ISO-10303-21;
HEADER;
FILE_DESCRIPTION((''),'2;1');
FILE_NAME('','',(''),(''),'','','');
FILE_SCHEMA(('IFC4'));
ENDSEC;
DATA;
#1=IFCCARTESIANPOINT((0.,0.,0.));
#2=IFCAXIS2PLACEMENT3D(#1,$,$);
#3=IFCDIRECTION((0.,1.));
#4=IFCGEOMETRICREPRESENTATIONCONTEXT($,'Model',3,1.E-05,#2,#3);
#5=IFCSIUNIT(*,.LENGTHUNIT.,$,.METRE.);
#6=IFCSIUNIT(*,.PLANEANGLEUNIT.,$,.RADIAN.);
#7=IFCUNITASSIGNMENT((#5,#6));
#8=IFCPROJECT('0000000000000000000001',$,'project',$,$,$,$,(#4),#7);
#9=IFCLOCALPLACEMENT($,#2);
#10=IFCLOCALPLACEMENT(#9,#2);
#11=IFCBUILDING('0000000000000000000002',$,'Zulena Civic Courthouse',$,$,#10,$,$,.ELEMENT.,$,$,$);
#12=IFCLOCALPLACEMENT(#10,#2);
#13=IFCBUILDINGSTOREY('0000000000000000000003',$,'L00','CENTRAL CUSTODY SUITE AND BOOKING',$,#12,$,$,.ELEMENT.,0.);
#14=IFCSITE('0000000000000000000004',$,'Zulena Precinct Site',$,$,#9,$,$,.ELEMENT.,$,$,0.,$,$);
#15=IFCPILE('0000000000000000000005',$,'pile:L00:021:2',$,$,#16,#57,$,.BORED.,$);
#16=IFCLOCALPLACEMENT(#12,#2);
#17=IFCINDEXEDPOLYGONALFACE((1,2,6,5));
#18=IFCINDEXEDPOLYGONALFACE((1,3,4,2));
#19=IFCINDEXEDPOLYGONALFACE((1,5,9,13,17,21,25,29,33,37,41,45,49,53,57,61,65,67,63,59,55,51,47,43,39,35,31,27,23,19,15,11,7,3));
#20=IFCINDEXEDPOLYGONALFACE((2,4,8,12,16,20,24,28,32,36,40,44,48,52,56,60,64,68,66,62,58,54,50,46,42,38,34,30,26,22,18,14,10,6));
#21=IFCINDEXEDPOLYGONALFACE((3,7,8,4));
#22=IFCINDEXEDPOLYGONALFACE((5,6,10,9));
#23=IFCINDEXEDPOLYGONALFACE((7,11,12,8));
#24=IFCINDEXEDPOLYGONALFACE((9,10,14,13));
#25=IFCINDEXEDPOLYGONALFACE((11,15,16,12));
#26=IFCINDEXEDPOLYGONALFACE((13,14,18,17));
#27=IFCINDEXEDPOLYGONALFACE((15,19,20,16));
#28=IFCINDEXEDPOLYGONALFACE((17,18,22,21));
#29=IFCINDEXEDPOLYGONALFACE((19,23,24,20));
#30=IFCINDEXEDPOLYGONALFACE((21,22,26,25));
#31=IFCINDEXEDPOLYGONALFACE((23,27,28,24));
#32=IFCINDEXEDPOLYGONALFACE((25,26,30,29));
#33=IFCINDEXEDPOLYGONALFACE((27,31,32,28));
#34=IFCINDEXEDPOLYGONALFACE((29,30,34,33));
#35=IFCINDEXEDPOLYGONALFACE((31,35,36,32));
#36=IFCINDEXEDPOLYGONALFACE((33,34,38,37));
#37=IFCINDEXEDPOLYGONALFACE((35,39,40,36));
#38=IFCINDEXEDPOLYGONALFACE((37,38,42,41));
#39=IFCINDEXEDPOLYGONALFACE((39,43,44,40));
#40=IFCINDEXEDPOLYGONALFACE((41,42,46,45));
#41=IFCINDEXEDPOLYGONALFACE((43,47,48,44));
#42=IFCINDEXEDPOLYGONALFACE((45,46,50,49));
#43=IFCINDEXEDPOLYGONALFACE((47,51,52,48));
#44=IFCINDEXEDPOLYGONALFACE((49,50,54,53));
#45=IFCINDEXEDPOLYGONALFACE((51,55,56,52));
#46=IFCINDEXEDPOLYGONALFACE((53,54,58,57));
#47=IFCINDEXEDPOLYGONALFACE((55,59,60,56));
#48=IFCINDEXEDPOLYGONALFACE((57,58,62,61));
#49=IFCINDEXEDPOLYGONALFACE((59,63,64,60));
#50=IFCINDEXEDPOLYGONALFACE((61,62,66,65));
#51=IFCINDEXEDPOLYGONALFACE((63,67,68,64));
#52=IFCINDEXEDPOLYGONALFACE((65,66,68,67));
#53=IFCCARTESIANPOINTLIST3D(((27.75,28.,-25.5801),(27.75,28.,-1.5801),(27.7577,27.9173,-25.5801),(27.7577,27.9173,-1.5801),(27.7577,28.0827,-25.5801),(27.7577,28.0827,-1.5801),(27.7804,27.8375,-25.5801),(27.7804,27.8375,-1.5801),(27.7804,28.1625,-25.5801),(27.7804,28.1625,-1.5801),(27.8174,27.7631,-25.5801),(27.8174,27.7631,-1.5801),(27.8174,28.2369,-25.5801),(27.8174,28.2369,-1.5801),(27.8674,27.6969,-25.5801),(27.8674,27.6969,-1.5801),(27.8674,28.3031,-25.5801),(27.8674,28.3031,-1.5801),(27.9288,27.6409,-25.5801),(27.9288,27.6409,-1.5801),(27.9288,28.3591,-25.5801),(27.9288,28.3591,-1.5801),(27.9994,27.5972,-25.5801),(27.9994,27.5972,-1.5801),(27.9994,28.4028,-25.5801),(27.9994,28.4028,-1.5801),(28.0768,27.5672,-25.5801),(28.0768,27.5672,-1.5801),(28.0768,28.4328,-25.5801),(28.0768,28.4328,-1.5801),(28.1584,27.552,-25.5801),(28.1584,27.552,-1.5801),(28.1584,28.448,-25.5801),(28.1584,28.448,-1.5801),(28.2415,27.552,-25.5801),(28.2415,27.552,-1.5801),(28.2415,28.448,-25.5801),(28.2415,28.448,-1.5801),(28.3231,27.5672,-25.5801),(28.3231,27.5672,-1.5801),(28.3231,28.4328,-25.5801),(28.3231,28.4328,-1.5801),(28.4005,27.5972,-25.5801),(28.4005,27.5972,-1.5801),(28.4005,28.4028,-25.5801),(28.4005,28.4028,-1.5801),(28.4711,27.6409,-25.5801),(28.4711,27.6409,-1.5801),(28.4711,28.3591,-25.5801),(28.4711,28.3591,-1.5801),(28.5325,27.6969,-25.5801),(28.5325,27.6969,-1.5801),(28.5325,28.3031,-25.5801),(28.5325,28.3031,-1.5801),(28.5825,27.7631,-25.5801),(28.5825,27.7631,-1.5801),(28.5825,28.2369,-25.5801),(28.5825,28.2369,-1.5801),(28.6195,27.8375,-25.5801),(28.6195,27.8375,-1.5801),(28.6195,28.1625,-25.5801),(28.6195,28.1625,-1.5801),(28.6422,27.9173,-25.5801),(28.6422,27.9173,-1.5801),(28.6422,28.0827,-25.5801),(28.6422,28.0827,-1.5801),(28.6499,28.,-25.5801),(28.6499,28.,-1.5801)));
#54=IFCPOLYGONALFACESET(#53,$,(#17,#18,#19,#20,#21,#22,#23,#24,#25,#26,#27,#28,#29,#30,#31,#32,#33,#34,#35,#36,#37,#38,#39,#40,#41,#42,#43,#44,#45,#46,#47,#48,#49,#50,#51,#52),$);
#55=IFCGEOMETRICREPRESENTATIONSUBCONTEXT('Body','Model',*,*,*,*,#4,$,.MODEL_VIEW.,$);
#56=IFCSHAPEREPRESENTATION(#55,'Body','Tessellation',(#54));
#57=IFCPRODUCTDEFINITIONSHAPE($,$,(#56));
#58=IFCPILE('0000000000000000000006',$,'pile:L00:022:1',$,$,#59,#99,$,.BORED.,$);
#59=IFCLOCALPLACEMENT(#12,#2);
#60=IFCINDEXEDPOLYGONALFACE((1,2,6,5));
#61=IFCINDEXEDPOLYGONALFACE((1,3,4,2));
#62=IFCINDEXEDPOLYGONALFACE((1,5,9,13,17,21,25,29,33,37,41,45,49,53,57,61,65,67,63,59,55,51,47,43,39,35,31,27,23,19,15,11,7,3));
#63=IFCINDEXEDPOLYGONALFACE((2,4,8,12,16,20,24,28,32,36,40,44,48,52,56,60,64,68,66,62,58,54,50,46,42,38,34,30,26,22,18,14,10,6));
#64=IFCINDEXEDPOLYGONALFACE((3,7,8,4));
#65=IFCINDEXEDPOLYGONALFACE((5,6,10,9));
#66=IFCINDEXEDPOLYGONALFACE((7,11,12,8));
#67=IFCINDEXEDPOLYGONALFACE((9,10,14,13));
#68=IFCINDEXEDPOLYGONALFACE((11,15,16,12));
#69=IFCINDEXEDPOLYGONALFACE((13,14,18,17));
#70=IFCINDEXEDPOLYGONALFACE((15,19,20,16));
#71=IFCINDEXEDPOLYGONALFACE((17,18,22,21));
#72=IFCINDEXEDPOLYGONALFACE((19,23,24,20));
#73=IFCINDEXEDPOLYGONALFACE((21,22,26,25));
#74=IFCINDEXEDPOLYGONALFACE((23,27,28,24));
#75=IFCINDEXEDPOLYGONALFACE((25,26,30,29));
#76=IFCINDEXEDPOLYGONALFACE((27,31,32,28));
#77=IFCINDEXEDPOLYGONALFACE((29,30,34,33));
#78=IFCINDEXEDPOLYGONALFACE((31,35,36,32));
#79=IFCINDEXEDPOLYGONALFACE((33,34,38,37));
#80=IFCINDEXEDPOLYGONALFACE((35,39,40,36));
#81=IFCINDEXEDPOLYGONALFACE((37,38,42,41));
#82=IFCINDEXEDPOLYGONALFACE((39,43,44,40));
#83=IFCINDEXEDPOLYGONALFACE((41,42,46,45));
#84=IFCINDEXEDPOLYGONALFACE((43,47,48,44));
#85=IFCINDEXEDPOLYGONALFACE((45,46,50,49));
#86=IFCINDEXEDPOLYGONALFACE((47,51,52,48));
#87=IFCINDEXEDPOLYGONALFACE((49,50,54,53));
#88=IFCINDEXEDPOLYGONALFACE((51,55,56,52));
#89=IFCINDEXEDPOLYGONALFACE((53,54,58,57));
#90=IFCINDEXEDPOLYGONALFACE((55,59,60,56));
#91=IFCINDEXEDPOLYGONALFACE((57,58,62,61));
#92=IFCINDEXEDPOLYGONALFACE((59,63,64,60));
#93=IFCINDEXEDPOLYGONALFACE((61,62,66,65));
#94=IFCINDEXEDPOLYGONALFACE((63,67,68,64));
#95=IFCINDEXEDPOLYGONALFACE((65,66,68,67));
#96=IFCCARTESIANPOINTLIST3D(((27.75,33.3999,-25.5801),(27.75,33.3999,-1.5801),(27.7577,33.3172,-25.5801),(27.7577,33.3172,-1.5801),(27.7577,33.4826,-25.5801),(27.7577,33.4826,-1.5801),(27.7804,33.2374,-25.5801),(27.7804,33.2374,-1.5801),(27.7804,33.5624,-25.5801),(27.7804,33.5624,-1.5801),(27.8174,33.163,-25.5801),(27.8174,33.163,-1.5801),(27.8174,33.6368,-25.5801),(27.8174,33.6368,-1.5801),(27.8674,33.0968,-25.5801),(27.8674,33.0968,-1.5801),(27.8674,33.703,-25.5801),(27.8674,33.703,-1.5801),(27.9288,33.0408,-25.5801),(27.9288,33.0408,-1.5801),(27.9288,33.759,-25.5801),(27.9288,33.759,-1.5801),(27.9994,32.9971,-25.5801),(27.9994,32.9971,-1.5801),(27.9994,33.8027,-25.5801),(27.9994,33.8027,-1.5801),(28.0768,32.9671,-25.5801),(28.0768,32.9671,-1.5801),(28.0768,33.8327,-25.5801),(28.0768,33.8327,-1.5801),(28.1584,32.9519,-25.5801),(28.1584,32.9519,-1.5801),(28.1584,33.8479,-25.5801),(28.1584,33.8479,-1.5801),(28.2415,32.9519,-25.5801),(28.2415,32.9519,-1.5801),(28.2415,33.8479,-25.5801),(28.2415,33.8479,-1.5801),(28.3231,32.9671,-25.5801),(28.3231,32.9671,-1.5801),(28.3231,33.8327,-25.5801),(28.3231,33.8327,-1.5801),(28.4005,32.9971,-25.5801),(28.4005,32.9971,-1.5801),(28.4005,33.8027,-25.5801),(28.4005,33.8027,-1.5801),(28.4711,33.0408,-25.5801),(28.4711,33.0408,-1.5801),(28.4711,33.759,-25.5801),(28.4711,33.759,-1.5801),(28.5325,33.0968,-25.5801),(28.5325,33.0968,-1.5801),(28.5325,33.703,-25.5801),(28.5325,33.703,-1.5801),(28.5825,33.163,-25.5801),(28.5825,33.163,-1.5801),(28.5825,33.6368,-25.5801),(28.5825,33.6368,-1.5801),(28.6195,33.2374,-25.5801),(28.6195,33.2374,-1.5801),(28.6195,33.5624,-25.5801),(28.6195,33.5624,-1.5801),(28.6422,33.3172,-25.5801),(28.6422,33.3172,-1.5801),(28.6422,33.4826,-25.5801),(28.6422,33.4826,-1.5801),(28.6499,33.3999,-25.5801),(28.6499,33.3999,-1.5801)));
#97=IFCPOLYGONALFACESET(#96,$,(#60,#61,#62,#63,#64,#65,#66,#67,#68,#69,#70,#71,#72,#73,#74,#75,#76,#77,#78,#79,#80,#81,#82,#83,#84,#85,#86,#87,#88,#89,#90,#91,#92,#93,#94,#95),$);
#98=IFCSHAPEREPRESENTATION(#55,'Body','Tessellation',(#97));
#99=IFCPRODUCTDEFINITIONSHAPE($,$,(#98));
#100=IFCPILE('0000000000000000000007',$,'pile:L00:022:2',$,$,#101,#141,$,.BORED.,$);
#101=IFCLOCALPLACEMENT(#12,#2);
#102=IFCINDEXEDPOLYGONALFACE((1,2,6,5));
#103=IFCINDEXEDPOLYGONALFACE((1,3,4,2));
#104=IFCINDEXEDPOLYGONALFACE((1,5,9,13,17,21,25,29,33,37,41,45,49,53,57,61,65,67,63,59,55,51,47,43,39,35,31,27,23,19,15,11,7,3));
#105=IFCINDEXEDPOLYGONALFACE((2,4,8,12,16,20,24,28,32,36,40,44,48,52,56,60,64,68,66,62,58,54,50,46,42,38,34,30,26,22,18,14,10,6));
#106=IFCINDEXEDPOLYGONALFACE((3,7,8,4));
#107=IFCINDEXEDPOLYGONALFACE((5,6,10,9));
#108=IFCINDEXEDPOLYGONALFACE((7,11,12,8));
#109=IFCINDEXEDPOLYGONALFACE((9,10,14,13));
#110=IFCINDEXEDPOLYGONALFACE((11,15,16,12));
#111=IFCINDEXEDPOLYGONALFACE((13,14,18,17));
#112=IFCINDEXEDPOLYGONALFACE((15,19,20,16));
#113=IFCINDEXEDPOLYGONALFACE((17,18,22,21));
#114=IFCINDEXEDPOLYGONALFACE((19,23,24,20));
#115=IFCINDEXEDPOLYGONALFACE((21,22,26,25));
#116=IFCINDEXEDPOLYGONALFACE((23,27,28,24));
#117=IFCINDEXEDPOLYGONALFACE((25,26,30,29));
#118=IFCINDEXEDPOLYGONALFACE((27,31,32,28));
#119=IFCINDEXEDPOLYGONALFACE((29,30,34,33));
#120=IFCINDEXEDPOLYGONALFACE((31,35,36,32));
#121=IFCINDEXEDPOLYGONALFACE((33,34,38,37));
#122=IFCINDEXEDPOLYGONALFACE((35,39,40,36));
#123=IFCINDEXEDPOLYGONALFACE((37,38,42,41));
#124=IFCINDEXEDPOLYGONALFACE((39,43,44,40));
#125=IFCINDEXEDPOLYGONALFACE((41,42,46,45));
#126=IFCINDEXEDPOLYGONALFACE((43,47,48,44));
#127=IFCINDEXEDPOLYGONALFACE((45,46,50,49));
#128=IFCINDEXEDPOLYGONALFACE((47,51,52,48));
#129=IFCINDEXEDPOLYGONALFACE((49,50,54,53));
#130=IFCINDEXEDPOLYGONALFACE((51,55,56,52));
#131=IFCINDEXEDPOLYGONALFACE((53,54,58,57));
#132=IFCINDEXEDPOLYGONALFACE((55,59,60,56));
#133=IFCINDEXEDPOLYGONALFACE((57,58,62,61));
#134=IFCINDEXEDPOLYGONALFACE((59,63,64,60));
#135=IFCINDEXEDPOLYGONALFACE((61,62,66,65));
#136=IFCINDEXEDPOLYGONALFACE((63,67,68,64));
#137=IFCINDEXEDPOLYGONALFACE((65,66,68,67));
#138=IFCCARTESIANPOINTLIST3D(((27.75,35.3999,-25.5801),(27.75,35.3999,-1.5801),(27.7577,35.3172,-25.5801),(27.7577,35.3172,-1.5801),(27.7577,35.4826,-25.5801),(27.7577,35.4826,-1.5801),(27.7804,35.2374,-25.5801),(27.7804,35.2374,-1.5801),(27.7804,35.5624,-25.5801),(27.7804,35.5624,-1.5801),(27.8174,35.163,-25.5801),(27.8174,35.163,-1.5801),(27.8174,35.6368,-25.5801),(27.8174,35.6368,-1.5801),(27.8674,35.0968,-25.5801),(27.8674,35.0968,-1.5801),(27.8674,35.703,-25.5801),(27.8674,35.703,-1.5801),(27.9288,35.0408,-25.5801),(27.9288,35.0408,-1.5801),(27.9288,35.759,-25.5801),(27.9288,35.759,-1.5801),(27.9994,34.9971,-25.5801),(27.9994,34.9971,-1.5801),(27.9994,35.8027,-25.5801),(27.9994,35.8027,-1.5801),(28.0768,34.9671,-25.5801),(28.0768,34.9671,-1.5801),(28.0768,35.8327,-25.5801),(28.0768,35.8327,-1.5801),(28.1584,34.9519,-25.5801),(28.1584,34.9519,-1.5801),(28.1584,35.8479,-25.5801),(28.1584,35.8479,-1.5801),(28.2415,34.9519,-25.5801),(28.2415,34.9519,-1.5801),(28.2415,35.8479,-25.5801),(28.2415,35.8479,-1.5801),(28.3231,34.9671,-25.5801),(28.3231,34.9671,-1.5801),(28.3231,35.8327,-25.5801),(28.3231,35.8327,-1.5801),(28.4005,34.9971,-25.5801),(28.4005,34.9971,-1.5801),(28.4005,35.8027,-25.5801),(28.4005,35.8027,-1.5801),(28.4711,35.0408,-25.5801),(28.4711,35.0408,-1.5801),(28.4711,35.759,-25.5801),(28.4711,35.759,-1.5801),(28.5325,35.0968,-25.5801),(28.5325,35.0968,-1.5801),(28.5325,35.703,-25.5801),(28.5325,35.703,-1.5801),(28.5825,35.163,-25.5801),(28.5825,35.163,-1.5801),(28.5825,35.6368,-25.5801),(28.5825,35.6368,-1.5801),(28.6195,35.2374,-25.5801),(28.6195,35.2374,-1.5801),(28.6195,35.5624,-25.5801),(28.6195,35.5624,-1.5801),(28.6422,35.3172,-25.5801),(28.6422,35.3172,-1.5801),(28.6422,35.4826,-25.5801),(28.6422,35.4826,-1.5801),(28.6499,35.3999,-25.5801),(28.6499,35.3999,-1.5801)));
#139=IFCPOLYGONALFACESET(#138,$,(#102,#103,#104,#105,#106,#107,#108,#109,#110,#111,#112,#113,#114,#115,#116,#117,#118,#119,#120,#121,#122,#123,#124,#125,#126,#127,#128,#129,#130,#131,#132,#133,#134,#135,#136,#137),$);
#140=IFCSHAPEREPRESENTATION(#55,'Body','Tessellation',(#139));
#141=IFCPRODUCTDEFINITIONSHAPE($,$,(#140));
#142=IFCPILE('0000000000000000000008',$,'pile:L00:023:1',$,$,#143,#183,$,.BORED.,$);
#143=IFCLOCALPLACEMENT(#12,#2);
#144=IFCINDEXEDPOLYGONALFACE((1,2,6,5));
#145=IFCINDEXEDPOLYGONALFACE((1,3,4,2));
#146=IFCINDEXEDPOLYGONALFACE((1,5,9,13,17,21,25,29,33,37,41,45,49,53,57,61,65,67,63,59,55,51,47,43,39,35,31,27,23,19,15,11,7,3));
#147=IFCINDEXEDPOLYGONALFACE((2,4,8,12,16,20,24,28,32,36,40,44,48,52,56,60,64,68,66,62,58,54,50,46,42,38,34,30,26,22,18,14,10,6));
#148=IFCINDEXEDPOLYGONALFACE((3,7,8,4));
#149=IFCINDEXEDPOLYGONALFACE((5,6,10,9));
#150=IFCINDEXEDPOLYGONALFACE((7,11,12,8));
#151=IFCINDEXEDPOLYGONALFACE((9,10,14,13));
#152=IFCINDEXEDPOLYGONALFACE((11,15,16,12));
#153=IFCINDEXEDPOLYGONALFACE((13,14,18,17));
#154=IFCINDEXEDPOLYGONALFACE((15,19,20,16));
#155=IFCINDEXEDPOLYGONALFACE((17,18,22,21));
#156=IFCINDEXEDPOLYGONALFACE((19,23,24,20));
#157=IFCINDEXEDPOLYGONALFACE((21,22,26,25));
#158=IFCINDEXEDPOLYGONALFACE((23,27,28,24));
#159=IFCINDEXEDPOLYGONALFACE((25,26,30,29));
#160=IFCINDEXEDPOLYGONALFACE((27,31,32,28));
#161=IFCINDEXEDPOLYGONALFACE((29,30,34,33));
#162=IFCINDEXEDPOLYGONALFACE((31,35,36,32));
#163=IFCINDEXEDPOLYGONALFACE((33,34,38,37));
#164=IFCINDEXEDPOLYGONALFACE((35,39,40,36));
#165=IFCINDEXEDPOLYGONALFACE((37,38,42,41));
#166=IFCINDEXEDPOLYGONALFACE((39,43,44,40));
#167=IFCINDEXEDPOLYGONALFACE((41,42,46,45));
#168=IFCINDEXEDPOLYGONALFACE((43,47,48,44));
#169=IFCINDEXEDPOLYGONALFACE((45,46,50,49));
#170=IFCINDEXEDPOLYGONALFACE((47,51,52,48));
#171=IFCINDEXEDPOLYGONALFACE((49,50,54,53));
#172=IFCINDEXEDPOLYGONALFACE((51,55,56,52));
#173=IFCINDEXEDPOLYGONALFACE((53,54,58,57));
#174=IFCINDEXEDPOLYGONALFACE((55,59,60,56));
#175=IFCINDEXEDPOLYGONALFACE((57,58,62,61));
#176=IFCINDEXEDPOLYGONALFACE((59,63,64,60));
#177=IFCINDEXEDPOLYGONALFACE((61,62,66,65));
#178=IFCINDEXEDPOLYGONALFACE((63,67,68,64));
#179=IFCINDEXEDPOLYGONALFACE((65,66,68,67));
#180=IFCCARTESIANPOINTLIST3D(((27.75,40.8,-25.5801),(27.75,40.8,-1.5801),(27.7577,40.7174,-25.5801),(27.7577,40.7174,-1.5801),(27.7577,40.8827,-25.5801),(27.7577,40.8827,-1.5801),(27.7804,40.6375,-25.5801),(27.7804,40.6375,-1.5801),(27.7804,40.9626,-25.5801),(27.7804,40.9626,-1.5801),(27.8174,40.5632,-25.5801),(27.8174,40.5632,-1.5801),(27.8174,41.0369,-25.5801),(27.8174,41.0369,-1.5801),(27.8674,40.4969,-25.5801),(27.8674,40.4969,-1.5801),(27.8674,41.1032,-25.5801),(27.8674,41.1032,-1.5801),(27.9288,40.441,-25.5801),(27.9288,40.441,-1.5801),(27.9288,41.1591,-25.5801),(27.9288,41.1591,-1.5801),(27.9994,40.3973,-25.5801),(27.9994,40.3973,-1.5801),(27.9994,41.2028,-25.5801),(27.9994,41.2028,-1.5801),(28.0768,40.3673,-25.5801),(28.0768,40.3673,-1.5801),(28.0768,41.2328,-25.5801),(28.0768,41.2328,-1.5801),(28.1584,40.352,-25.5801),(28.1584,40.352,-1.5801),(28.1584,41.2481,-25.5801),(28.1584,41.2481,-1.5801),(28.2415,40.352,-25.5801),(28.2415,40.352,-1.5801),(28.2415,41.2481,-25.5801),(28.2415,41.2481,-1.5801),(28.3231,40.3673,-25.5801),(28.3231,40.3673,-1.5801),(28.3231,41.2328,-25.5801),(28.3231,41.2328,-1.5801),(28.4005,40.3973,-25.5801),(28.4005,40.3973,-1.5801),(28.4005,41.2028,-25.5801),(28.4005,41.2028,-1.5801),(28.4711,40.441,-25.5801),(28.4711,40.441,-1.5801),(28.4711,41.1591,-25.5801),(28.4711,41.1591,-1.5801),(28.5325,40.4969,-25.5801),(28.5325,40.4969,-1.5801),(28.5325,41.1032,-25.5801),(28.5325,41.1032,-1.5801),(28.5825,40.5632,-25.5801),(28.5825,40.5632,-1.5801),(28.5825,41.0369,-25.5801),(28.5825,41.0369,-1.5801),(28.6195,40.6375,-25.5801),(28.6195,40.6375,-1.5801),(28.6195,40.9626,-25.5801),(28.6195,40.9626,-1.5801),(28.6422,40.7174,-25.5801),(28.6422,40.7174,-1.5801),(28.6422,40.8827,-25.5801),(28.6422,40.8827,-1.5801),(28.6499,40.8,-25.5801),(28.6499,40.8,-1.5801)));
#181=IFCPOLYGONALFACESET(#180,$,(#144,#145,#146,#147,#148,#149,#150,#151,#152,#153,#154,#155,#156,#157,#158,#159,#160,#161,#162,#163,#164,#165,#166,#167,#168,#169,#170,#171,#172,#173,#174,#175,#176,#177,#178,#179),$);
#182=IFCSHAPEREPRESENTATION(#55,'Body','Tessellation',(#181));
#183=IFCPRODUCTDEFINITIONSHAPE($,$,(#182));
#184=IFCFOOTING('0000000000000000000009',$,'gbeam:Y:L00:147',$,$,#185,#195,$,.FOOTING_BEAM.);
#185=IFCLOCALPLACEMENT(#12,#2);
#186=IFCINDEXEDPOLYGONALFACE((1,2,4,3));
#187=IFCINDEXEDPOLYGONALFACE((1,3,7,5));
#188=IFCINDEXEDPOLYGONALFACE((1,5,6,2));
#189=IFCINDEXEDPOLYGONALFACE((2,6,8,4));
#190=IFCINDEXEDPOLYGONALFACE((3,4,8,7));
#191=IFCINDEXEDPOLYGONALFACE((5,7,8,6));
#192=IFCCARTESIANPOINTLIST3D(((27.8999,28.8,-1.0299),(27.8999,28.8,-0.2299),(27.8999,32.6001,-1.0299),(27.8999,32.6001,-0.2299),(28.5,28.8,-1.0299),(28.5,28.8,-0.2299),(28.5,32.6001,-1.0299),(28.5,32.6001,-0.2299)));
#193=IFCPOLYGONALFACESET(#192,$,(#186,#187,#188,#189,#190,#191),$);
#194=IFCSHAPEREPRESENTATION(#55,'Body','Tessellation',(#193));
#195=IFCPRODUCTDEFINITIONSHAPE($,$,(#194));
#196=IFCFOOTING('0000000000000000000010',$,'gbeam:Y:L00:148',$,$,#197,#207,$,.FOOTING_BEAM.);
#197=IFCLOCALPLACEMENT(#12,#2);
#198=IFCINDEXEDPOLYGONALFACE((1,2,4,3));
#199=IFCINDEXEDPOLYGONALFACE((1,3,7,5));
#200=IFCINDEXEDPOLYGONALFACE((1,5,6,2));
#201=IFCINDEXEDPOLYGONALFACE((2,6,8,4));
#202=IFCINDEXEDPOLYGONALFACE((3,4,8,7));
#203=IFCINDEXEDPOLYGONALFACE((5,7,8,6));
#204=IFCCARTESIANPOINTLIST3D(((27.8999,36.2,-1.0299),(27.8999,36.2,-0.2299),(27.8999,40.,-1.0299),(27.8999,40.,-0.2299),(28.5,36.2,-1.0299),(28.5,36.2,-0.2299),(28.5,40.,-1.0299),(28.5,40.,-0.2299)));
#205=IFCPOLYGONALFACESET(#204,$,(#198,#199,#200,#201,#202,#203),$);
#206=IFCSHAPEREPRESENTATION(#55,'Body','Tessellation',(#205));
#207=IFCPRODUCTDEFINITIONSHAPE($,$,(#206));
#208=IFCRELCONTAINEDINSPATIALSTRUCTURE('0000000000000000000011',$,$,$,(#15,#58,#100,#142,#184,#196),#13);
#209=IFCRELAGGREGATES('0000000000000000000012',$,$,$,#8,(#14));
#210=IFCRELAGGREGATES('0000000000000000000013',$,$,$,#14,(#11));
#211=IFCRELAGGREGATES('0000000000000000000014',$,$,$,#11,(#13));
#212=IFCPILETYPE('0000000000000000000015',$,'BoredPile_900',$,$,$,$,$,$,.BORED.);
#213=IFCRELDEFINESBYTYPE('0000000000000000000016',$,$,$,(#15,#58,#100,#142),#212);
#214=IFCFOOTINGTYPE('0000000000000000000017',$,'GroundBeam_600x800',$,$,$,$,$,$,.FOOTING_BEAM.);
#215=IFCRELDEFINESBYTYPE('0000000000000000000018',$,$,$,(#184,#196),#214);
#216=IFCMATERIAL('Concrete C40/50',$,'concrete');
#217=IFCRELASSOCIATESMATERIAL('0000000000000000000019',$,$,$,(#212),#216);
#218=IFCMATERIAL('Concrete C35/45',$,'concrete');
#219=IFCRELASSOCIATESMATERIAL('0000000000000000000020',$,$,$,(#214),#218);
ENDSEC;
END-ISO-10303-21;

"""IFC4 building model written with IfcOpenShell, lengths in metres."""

from ifc_helpers import new_model, si_unit, direction, frame, origin, origin_2d, place, context, subcontext, project, spatial, rectangle, circle, extrude, material, material_profile, profile_set, type_object, element, save


model = new_model("IFC4")

# Units and contexts
model_context = context("Model", 3, precision=1e-05, world=origin(), true_north=direction((0.0, 1.0)))
body_context = subcontext(model_context, "Body", "Model", "MODEL_VIEW")
ifc_project = project(units=[si_unit("LENGTHUNIT", "METRE"), si_unit("PLANEANGLEUNIT", "RADIAN")], contexts=[model_context])

# Site, building, storey
site_placement = place(None, origin())
site = spatial("IfcSite", under=ifc_project, at=site_placement, Name="Zulena Precinct Site", CompositionType="ELEMENT", RefElevation=0.0)
building_placement = place(site_placement, origin())
building = spatial("IfcBuilding", under=site, at=building_placement, Name="Zulena Civic Courthouse", CompositionType="ELEMENT")
storey_placement = place(building_placement, origin())
storey = spatial("IfcBuildingStorey", under=building, at=storey_placement, Name="L00", Description="CENTRAL CUSTODY SUITE AND BOOKING", CompositionType="ELEMENT", Elevation=0.0)

# Piles
ifc_material_1 = material(Name="Concrete C40/50", Category="concrete")
ifc_material_profile_1 = material_profile(ifc_material_1, circle(Radius=0.45, at=origin_2d()), Name="PILE900")
ifc_profile_set_1 = profile_set([ifc_material_profile_1], Name="Concrete C40/50")
pile_type_1 = type_object("IfcPileType", Name="BoredPile_900", PredefinedType="BORED", material=ifc_profile_set_1)
for number, where, z_axis, x_axis, name in (
    (1, (28.2, 28.0, -1.5801), (0.0, 0.0, -1.0), (1.0, 0.0, 0.0), "pile:L00:021:2"),
    (2, (28.2, 33.3999, -1.5801), (0.0, 0.0, -1.0), (1.0, 0.0, 0.0), "pile:L00:022:1"),
    (3, (28.2, 35.3999, -1.5801), (0.0, 0.0, -1.0), (1.0, 0.0, 0.0), "pile:L00:022:2"),
    (4, (28.2, 40.8, -1.5801), (0.0, 0.0, -1.0), (1.0, 0.0, 0.0), "pile:L00:023:1"),
):
    element("IfcPile", number, at=place(storey_placement, frame(where, z_axis=z_axis, x_axis=x_axis)), inside=storey, type_object=pile_type_1, Name=name, PredefinedType="BORED", context=body_context, shape_type="SweptSolid", body=[
        extrude(circle(Radius=0.45, at=origin_2d()), origin(), (0.0, 0.0, 1.0), 24.0),
    ])

# Footings
ifc_material_2 = material(Name="Concrete C35/45", Category="concrete")
ifc_material_profile_2 = material_profile(ifc_material_2, rectangle(XDim=0.6001, YDim=0.8, at=origin_2d()), Name="RC600X800")
ifc_profile_set_2 = profile_set([ifc_material_profile_2], Name="Concrete C35/45")
footing_type_1 = type_object("IfcFootingType", Name="GroundBeam_600x800", PredefinedType="FOOTING_BEAM", material=ifc_profile_set_2)
for number, where, z_axis, x_axis, name in (
    (5, (28.2, 28.8, -0.6299), (0.0, 1.0, 0.0), (-1.0, 0.0, 0.0), "gbeam:Y:L00:147"),
    (6, (28.2, 36.2, -0.6299), (0.0, 1.0, 0.0), (-1.0, 0.0, 0.0), "gbeam:Y:L00:148"),
):
    element("IfcFooting", number, at=place(storey_placement, frame(where, z_axis=z_axis, x_axis=x_axis)), inside=storey, type_object=footing_type_1, Name=name, PredefinedType="FOOTING_BEAM", context=body_context, shape_type="SweptSolid", body=[
        extrude(rectangle(XDim=0.6001, YDim=0.8, at=origin_2d()), origin(), (0.0, 0.0, 1.0), 3.8),
    ])

save(model, "model.ifc")
